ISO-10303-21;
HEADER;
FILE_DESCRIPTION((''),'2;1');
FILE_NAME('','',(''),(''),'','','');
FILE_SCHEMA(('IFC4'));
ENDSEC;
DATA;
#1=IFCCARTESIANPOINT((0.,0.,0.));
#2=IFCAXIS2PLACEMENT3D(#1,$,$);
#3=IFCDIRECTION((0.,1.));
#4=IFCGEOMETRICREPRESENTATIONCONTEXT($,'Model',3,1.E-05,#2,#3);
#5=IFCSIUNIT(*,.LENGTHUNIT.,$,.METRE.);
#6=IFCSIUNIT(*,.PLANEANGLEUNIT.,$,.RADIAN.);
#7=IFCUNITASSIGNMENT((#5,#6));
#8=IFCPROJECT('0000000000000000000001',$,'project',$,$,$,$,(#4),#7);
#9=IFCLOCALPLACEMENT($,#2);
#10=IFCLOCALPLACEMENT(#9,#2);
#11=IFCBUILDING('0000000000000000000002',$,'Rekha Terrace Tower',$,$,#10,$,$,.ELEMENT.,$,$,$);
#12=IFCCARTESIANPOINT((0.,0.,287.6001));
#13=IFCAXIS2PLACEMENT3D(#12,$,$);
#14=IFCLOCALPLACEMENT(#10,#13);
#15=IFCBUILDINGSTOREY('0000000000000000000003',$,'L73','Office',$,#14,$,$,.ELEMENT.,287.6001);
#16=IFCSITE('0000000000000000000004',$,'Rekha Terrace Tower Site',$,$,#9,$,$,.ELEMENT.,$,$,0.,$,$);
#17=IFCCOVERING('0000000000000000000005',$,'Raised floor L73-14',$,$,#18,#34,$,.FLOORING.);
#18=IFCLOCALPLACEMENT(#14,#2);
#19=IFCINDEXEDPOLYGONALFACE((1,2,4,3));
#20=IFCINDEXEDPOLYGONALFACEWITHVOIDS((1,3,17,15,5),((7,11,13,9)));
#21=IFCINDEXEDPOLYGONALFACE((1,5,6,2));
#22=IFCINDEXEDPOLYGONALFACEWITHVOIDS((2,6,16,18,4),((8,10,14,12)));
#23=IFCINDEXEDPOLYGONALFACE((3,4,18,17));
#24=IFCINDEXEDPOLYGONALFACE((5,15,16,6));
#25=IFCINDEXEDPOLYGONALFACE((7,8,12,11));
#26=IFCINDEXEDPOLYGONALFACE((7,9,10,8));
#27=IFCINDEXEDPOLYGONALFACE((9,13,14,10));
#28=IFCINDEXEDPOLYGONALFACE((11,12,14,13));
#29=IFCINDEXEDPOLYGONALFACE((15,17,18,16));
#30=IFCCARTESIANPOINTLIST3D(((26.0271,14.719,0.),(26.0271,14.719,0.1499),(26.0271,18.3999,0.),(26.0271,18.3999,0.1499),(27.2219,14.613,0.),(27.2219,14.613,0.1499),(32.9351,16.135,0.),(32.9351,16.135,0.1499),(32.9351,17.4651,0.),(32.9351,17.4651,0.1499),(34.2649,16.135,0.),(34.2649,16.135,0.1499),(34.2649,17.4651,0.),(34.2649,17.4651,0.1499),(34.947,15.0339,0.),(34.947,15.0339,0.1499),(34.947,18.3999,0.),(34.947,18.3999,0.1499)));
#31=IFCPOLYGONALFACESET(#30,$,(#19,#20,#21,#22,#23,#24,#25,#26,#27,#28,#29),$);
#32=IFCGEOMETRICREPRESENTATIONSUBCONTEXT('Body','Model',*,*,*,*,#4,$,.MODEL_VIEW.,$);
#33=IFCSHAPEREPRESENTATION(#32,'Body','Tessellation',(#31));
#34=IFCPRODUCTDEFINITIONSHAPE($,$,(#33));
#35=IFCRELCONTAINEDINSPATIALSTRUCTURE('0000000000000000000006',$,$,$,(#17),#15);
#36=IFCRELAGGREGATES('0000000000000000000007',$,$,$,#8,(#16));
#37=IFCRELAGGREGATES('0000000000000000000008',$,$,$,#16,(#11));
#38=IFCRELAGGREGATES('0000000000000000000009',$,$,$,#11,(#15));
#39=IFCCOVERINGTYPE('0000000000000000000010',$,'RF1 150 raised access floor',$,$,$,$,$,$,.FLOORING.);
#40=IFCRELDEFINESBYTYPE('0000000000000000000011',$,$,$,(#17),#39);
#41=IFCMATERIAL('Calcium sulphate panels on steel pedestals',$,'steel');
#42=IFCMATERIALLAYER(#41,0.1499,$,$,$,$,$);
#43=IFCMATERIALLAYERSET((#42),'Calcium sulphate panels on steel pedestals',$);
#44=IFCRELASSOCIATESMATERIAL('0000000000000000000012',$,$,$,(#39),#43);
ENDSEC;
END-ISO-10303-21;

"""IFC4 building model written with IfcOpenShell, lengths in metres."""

from ifc_helpers import new_model, si_unit, direction, frame, origin, place, context, subcontext, project, spatial, polyline, outline, extrude, material, layer, layer_set, type_object, element, save


model = new_model("IFC4")

# Units and contexts
model_context = context("Model", 3, precision=1e-05, world=origin(), true_north=direction((0.0, 1.0)))
body_context = subcontext(model_context, "Body", "Model", "MODEL_VIEW")
ifc_project = project(units=[si_unit("LENGTHUNIT", "METRE"), si_unit("PLANEANGLEUNIT", "RADIAN")], contexts=[model_context])

# Site, building, storey
site_placement = place(None, origin())
site = spatial("IfcSite", under=ifc_project, at=site_placement, Name="Rekha Terrace Tower Site", CompositionType="ELEMENT", RefElevation=0.0)
building_placement = place(site_placement, origin())
building = spatial("IfcBuilding", under=site, at=building_placement, Name="Rekha Terrace Tower", CompositionType="ELEMENT")
storey_placement = place(building_placement, frame((0.0, 0.0, 287.6001)))
storey = spatial("IfcBuildingStorey", under=building, at=storey_placement, Name="L73", Description="Office", CompositionType="ELEMENT", Elevation=287.6001)

# Covering
ifc_material_1 = material(Name="Calcium sulphate panels on steel pedestals", Category="steel")
ifc_layer_1 = layer(ifc_material_1, 0.1499)
ifc_layer_set_1 = layer_set([ifc_layer_1], Name="Calcium sulphate panels on steel pedestals")
covering_type_1 = type_object("IfcCoveringType", Name="RF1 150 raised access floor", PredefinedType="FLOORING", material=ifc_layer_set_1)
covering_1_placement = place(storey_placement, origin())
element("IfcCovering", 1, at=covering_1_placement, inside=storey, type_object=covering_type_1, Name="Raised floor L73-14", PredefinedType="FLOORING", context=body_context, shape_type="SweptSolid", body=[
    extrude(outline(polyline([(26.0271, 14.719), (27.2219, 14.613), (34.947, 15.0339), (34.947, 18.3999), (26.0271, 18.3999), (26.0271, 14.719)]), holes=[polyline([(34.2649, 16.135), (32.9351, 16.135), (32.9351, 17.4651), (34.2649, 17.4651), (34.2649, 16.135)])]), origin(), (0.0, 0.0, 1.0), 0.1499),
])

save(model, "model.ifc")
